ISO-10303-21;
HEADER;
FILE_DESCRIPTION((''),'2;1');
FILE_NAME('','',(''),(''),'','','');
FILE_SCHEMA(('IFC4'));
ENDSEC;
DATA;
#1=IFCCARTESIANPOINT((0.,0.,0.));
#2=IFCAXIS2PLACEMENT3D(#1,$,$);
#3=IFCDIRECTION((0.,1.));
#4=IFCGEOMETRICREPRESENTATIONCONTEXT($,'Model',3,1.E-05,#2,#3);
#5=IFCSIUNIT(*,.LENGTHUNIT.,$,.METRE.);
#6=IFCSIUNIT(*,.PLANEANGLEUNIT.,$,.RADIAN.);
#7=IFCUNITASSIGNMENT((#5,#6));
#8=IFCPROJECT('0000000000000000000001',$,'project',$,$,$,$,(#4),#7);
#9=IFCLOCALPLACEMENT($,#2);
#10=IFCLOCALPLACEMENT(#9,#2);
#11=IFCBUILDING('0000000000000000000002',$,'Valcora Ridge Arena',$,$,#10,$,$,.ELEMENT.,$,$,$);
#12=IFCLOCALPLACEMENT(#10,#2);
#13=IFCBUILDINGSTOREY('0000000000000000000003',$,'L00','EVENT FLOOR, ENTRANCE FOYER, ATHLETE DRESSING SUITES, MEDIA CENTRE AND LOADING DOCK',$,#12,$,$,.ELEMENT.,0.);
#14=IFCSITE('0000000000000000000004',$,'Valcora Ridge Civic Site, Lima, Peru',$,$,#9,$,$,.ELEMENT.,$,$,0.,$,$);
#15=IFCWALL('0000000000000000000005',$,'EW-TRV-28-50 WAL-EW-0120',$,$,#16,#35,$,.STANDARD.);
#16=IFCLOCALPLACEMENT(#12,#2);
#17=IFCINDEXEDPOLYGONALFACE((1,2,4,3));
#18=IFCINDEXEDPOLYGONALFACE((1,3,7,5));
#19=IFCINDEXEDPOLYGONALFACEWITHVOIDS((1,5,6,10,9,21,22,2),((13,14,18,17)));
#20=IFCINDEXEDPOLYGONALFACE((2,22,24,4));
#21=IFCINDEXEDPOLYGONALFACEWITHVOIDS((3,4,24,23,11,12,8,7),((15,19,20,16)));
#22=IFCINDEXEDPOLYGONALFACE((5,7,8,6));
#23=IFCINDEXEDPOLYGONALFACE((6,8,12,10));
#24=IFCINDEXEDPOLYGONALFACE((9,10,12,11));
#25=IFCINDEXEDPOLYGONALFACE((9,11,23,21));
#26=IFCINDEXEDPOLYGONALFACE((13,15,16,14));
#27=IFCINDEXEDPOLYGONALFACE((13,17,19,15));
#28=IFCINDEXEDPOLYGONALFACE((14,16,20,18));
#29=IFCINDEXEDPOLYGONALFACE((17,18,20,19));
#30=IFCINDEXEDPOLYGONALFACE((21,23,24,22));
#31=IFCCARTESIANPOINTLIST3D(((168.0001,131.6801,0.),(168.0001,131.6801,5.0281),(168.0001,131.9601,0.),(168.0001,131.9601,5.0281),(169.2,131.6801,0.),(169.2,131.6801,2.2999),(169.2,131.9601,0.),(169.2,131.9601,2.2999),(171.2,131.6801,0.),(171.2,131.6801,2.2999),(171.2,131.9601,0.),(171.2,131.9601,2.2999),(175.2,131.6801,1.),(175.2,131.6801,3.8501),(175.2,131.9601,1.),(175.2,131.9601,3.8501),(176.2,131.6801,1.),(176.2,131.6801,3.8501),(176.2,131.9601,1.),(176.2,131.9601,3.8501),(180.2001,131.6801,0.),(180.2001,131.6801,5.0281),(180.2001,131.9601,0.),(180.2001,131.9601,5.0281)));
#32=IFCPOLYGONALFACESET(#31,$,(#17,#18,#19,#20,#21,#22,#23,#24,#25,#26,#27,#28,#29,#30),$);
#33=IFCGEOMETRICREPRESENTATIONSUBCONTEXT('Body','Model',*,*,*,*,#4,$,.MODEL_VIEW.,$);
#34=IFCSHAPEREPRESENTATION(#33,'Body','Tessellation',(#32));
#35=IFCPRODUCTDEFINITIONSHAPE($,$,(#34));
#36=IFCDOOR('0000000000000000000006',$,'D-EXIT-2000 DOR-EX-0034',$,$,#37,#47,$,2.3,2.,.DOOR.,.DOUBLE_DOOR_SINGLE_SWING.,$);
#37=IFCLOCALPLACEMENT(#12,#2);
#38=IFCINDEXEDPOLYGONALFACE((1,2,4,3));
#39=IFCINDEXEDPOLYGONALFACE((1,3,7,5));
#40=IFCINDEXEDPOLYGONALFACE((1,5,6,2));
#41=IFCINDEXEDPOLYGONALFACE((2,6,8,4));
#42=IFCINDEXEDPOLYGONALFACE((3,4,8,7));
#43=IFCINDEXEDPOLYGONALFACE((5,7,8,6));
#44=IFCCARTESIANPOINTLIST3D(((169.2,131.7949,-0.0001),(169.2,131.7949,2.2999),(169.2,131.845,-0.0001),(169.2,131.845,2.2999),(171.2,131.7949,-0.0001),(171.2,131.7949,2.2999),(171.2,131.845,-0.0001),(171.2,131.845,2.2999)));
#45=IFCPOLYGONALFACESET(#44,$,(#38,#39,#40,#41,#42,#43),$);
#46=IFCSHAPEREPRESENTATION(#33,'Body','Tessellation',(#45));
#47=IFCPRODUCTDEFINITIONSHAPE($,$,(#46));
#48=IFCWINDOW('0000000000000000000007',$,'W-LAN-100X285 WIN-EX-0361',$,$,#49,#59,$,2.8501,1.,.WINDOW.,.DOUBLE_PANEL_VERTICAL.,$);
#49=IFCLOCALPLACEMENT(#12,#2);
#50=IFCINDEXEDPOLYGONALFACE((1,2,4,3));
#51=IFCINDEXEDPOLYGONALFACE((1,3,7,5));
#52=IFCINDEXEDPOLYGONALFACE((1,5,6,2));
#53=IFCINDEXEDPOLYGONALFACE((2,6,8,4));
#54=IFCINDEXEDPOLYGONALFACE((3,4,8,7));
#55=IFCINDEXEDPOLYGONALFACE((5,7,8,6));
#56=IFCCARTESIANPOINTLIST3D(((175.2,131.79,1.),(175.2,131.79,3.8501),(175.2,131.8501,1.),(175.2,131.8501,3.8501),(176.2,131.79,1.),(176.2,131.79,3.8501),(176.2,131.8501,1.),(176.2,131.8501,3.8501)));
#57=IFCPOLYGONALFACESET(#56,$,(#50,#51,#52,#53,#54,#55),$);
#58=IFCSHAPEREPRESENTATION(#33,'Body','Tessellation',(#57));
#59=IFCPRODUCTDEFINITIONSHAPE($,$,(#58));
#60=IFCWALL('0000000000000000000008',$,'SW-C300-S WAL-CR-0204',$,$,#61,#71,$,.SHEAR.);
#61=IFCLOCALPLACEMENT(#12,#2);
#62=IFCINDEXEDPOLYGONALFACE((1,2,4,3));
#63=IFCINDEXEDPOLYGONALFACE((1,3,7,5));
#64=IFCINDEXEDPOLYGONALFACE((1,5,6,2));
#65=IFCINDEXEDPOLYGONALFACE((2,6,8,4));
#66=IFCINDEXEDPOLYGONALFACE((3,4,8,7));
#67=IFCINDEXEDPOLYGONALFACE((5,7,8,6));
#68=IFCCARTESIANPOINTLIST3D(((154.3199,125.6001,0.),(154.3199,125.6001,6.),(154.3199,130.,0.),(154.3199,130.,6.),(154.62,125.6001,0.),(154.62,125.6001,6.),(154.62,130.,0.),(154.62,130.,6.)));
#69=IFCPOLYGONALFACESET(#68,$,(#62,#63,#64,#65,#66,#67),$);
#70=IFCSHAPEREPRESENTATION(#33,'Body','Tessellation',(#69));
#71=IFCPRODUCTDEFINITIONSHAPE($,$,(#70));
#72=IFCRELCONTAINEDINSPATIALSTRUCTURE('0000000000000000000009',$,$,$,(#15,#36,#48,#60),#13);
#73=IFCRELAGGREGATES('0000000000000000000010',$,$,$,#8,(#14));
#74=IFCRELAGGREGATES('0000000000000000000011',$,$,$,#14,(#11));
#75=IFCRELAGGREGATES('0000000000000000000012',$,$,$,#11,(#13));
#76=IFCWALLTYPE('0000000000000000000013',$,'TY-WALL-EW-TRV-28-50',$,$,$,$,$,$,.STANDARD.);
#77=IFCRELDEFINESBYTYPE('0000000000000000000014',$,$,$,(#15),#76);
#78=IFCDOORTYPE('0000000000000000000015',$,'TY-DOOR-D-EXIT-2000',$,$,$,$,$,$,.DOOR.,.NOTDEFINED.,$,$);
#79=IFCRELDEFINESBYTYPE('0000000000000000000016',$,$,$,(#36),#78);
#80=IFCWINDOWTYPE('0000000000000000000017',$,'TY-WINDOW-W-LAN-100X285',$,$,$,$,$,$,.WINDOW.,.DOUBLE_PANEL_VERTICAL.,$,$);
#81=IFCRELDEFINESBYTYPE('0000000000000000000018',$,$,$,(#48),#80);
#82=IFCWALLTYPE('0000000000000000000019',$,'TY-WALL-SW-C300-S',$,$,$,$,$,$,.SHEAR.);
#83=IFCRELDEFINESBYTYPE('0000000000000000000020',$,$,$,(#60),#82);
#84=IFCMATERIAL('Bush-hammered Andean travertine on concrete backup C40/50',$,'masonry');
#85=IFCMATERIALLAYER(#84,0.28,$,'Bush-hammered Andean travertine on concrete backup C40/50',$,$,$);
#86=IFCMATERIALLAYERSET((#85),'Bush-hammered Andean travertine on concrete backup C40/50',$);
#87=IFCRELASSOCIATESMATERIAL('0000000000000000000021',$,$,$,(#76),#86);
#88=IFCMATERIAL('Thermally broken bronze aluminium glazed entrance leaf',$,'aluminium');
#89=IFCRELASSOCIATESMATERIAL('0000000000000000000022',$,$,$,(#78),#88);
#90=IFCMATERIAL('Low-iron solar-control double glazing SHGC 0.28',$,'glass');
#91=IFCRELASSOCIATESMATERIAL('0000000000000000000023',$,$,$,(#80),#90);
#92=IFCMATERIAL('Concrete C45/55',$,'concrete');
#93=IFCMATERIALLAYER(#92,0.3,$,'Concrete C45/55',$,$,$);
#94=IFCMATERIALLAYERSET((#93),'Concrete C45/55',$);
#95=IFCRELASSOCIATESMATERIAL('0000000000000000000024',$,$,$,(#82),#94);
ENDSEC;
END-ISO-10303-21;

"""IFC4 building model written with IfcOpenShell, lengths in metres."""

from ifc_helpers import new_model, si_unit, direction, frame, frame_2d, origin, place, context, subcontext, project, spatial, rectangle, extrude, material, layer, layer_set, type_object, element, fill, save


model = new_model("IFC4")

# Units and contexts
model_context = context("Model", 3, precision=1e-05, world=origin(), true_north=direction((0.0, 1.0)))
body_context = subcontext(model_context, "Body", "Model", "MODEL_VIEW")
ifc_project = project(units=[si_unit("LENGTHUNIT", "METRE"), si_unit("PLANEANGLEUNIT", "RADIAN")], contexts=[model_context])

# Site, building, storey
site_placement = place(None, origin())
site = spatial("IfcSite", under=ifc_project, at=site_placement, Name="Valcora Ridge Civic Site, Lima, Peru", CompositionType="ELEMENT", RefElevation=0.0)
building_placement = place(site_placement, origin())
building = spatial("IfcBuilding", under=site, at=building_placement, Name="Valcora Ridge Arena", CompositionType="ELEMENT")
storey_placement = place(building_placement, origin())
storey = spatial("IfcBuildingStorey", under=building, at=storey_placement, Name="L00", Description="EVENT FLOOR, ENTRANCE FOYER, ATHLETE DRESSING SUITES, MEDIA CENTRE AND LOADING DOCK", CompositionType="ELEMENT", Elevation=0.0)

# Shared definitions
ifc_material_1 = material(Name="Bush-hammered Andean travertine on concrete backup C40/50", Category="masonry")
ifc_layer_1 = layer(ifc_material_1, 0.28, Name="Bush-hammered Andean travertine on concrete backup C40/50")
ifc_layer_set_1 = layer_set([ifc_layer_1], Name="Bush-hammered Andean travertine on concrete backup C40/50")
wall_type_1 = type_object("IfcWallType", Name="TY-WALL-EW-TRV-28-50", PredefinedType="STANDARD", material=ifc_layer_set_1)
ifc_material_2 = material(Name="Thermally broken bronze aluminium glazed entrance leaf", Category="aluminium")
door_type = type_object("IfcDoorType", Name="TY-DOOR-D-EXIT-2000", OperationType="NOTDEFINED", PredefinedType="DOOR", material=ifc_material_2)
ifc_material_3 = material(Name="Low-iron solar-control double glazing SHGC 0.28", Category="glass")
window_type = type_object("IfcWindowType", Name="TY-WINDOW-W-LAN-100X285", PartitioningType="DOUBLE_PANEL_VERTICAL", PredefinedType="WINDOW", material=ifc_material_3)

# Wall, openings, door, window
wall_1_placement = place(storey_placement, frame((168.0, 131.8201, 0.0), z_axis=(0.0, 0.0, 1.0), x_axis=(1.0, 0.0, 0.0)))
wall_1 = element("IfcWall", 1, at=wall_1_placement, inside=storey, type_object=wall_type_1, Name="EW-TRV-28-50 WAL-EW-0120", PredefinedType="STANDARD", context=body_context, shape_type="SweptSolid", body=[
    extrude(rectangle(XDim=12.2, YDim=0.28, at=frame_2d((6.1001, 0.0))), origin(), (0.0, 0.0, 1.0), 5.0281),
])
opening_1_placement = place(wall_1_placement, frame((1.2, 0.0, 0.0)))
opening_1 = element("IfcOpeningElement", 2, at=opening_1_placement, cuts=wall_1, PredefinedType="OPENING", context=body_context, shape_type="SweptSolid", body=[
    extrude(rectangle(XDim=2.0, YDim=2.3, at=frame_2d((1.0, 1.1499))), frame((0.0, 0.1499, 0.0), z_axis=(0.0, -1.0, 0.0), x_axis=(1.0, 0.0, 0.0)), (0.0, 0.0, 1.0), 0.3),
])
opening_2_placement = place(wall_1_placement, frame((7.2, 0.0, 1.0)))
opening_2 = element("IfcOpeningElement", 3, at=opening_2_placement, cuts=wall_1, PredefinedType="OPENING", context=body_context, shape_type="SweptSolid", body=[
    extrude(rectangle(XDim=1.0, YDim=2.8501, at=frame_2d((0.5, 1.425))), frame((0.0, 0.1499, 0.0), z_axis=(0.0, -1.0, 0.0), x_axis=(1.0, 0.0, 0.0)), (0.0, 0.0, 1.0), 0.3),
])
door_1_placement = place(opening_1_placement, origin())
door_1 = element("IfcDoor", 4, at=door_1_placement, inside=storey, type_object=door_type, Name="D-EXIT-2000 DOR-EX-0034", OperationType="DOUBLE_DOOR_SINGLE_SWING", OverallHeight=2.3, OverallWidth=2.0, PredefinedType="DOOR", context=body_context, shape_type="SweptSolid", body=[
    extrude(rectangle(XDim=2.0, YDim=2.3, at=frame_2d((1.0, 1.1499))), frame((0.0, 0.0249, 0.0), z_axis=(0.0, -1.0, 0.0), x_axis=(1.0, 0.0, 0.0)), (0.0, 0.0, 1.0), 0.05),
])
fill(opening_1, door_1)
window_1_placement = place(opening_2_placement, origin())
window_1 = element("IfcWindow", 5, at=window_1_placement, inside=storey, type_object=window_type, Name="W-LAN-100X285 WIN-EX-0361", OverallHeight=2.8501, OverallWidth=1.0, PartitioningType="DOUBLE_PANEL_VERTICAL", PredefinedType="WINDOW", context=body_context, shape_type="SweptSolid", body=[
    extrude(rectangle(XDim=1.0, YDim=2.8501, at=frame_2d((0.5, 1.425))), frame((0.0, 0.03, 0.0), z_axis=(0.0, -1.0, 0.0), x_axis=(1.0, 0.0, 0.0)), (0.0, 0.0, 1.0), 0.0601),
])
fill(opening_2, window_1)

# Wall
ifc_material_4 = material(Name="Concrete C45/55", Category="concrete")
ifc_layer_2 = layer(ifc_material_4, 0.3, Name="Concrete C45/55")
ifc_layer_set_2 = layer_set([ifc_layer_2], Name="Concrete C45/55")
wall_type_2 = type_object("IfcWallType", Name="TY-WALL-SW-C300-S", PredefinedType="SHEAR", material=ifc_layer_set_2)
wall_2_placement = place(storey_placement, frame((154.47, 125.6001, 0.0), z_axis=(0.0, 0.0, 1.0), x_axis=(0.0, 1.0, 0.0)))
element("IfcWall", 6, at=wall_2_placement, inside=storey, type_object=wall_type_2, Name="SW-C300-S WAL-CR-0204", PredefinedType="SHEAR", context=body_context, shape_type="SweptSolid", body=[
    extrude(rectangle(XDim=4.3999, YDim=0.3, at=frame_2d((2.2, 0.0))), origin(), (0.0, 0.0, 1.0), 6.0),
])

save(model, "model.ifc")
